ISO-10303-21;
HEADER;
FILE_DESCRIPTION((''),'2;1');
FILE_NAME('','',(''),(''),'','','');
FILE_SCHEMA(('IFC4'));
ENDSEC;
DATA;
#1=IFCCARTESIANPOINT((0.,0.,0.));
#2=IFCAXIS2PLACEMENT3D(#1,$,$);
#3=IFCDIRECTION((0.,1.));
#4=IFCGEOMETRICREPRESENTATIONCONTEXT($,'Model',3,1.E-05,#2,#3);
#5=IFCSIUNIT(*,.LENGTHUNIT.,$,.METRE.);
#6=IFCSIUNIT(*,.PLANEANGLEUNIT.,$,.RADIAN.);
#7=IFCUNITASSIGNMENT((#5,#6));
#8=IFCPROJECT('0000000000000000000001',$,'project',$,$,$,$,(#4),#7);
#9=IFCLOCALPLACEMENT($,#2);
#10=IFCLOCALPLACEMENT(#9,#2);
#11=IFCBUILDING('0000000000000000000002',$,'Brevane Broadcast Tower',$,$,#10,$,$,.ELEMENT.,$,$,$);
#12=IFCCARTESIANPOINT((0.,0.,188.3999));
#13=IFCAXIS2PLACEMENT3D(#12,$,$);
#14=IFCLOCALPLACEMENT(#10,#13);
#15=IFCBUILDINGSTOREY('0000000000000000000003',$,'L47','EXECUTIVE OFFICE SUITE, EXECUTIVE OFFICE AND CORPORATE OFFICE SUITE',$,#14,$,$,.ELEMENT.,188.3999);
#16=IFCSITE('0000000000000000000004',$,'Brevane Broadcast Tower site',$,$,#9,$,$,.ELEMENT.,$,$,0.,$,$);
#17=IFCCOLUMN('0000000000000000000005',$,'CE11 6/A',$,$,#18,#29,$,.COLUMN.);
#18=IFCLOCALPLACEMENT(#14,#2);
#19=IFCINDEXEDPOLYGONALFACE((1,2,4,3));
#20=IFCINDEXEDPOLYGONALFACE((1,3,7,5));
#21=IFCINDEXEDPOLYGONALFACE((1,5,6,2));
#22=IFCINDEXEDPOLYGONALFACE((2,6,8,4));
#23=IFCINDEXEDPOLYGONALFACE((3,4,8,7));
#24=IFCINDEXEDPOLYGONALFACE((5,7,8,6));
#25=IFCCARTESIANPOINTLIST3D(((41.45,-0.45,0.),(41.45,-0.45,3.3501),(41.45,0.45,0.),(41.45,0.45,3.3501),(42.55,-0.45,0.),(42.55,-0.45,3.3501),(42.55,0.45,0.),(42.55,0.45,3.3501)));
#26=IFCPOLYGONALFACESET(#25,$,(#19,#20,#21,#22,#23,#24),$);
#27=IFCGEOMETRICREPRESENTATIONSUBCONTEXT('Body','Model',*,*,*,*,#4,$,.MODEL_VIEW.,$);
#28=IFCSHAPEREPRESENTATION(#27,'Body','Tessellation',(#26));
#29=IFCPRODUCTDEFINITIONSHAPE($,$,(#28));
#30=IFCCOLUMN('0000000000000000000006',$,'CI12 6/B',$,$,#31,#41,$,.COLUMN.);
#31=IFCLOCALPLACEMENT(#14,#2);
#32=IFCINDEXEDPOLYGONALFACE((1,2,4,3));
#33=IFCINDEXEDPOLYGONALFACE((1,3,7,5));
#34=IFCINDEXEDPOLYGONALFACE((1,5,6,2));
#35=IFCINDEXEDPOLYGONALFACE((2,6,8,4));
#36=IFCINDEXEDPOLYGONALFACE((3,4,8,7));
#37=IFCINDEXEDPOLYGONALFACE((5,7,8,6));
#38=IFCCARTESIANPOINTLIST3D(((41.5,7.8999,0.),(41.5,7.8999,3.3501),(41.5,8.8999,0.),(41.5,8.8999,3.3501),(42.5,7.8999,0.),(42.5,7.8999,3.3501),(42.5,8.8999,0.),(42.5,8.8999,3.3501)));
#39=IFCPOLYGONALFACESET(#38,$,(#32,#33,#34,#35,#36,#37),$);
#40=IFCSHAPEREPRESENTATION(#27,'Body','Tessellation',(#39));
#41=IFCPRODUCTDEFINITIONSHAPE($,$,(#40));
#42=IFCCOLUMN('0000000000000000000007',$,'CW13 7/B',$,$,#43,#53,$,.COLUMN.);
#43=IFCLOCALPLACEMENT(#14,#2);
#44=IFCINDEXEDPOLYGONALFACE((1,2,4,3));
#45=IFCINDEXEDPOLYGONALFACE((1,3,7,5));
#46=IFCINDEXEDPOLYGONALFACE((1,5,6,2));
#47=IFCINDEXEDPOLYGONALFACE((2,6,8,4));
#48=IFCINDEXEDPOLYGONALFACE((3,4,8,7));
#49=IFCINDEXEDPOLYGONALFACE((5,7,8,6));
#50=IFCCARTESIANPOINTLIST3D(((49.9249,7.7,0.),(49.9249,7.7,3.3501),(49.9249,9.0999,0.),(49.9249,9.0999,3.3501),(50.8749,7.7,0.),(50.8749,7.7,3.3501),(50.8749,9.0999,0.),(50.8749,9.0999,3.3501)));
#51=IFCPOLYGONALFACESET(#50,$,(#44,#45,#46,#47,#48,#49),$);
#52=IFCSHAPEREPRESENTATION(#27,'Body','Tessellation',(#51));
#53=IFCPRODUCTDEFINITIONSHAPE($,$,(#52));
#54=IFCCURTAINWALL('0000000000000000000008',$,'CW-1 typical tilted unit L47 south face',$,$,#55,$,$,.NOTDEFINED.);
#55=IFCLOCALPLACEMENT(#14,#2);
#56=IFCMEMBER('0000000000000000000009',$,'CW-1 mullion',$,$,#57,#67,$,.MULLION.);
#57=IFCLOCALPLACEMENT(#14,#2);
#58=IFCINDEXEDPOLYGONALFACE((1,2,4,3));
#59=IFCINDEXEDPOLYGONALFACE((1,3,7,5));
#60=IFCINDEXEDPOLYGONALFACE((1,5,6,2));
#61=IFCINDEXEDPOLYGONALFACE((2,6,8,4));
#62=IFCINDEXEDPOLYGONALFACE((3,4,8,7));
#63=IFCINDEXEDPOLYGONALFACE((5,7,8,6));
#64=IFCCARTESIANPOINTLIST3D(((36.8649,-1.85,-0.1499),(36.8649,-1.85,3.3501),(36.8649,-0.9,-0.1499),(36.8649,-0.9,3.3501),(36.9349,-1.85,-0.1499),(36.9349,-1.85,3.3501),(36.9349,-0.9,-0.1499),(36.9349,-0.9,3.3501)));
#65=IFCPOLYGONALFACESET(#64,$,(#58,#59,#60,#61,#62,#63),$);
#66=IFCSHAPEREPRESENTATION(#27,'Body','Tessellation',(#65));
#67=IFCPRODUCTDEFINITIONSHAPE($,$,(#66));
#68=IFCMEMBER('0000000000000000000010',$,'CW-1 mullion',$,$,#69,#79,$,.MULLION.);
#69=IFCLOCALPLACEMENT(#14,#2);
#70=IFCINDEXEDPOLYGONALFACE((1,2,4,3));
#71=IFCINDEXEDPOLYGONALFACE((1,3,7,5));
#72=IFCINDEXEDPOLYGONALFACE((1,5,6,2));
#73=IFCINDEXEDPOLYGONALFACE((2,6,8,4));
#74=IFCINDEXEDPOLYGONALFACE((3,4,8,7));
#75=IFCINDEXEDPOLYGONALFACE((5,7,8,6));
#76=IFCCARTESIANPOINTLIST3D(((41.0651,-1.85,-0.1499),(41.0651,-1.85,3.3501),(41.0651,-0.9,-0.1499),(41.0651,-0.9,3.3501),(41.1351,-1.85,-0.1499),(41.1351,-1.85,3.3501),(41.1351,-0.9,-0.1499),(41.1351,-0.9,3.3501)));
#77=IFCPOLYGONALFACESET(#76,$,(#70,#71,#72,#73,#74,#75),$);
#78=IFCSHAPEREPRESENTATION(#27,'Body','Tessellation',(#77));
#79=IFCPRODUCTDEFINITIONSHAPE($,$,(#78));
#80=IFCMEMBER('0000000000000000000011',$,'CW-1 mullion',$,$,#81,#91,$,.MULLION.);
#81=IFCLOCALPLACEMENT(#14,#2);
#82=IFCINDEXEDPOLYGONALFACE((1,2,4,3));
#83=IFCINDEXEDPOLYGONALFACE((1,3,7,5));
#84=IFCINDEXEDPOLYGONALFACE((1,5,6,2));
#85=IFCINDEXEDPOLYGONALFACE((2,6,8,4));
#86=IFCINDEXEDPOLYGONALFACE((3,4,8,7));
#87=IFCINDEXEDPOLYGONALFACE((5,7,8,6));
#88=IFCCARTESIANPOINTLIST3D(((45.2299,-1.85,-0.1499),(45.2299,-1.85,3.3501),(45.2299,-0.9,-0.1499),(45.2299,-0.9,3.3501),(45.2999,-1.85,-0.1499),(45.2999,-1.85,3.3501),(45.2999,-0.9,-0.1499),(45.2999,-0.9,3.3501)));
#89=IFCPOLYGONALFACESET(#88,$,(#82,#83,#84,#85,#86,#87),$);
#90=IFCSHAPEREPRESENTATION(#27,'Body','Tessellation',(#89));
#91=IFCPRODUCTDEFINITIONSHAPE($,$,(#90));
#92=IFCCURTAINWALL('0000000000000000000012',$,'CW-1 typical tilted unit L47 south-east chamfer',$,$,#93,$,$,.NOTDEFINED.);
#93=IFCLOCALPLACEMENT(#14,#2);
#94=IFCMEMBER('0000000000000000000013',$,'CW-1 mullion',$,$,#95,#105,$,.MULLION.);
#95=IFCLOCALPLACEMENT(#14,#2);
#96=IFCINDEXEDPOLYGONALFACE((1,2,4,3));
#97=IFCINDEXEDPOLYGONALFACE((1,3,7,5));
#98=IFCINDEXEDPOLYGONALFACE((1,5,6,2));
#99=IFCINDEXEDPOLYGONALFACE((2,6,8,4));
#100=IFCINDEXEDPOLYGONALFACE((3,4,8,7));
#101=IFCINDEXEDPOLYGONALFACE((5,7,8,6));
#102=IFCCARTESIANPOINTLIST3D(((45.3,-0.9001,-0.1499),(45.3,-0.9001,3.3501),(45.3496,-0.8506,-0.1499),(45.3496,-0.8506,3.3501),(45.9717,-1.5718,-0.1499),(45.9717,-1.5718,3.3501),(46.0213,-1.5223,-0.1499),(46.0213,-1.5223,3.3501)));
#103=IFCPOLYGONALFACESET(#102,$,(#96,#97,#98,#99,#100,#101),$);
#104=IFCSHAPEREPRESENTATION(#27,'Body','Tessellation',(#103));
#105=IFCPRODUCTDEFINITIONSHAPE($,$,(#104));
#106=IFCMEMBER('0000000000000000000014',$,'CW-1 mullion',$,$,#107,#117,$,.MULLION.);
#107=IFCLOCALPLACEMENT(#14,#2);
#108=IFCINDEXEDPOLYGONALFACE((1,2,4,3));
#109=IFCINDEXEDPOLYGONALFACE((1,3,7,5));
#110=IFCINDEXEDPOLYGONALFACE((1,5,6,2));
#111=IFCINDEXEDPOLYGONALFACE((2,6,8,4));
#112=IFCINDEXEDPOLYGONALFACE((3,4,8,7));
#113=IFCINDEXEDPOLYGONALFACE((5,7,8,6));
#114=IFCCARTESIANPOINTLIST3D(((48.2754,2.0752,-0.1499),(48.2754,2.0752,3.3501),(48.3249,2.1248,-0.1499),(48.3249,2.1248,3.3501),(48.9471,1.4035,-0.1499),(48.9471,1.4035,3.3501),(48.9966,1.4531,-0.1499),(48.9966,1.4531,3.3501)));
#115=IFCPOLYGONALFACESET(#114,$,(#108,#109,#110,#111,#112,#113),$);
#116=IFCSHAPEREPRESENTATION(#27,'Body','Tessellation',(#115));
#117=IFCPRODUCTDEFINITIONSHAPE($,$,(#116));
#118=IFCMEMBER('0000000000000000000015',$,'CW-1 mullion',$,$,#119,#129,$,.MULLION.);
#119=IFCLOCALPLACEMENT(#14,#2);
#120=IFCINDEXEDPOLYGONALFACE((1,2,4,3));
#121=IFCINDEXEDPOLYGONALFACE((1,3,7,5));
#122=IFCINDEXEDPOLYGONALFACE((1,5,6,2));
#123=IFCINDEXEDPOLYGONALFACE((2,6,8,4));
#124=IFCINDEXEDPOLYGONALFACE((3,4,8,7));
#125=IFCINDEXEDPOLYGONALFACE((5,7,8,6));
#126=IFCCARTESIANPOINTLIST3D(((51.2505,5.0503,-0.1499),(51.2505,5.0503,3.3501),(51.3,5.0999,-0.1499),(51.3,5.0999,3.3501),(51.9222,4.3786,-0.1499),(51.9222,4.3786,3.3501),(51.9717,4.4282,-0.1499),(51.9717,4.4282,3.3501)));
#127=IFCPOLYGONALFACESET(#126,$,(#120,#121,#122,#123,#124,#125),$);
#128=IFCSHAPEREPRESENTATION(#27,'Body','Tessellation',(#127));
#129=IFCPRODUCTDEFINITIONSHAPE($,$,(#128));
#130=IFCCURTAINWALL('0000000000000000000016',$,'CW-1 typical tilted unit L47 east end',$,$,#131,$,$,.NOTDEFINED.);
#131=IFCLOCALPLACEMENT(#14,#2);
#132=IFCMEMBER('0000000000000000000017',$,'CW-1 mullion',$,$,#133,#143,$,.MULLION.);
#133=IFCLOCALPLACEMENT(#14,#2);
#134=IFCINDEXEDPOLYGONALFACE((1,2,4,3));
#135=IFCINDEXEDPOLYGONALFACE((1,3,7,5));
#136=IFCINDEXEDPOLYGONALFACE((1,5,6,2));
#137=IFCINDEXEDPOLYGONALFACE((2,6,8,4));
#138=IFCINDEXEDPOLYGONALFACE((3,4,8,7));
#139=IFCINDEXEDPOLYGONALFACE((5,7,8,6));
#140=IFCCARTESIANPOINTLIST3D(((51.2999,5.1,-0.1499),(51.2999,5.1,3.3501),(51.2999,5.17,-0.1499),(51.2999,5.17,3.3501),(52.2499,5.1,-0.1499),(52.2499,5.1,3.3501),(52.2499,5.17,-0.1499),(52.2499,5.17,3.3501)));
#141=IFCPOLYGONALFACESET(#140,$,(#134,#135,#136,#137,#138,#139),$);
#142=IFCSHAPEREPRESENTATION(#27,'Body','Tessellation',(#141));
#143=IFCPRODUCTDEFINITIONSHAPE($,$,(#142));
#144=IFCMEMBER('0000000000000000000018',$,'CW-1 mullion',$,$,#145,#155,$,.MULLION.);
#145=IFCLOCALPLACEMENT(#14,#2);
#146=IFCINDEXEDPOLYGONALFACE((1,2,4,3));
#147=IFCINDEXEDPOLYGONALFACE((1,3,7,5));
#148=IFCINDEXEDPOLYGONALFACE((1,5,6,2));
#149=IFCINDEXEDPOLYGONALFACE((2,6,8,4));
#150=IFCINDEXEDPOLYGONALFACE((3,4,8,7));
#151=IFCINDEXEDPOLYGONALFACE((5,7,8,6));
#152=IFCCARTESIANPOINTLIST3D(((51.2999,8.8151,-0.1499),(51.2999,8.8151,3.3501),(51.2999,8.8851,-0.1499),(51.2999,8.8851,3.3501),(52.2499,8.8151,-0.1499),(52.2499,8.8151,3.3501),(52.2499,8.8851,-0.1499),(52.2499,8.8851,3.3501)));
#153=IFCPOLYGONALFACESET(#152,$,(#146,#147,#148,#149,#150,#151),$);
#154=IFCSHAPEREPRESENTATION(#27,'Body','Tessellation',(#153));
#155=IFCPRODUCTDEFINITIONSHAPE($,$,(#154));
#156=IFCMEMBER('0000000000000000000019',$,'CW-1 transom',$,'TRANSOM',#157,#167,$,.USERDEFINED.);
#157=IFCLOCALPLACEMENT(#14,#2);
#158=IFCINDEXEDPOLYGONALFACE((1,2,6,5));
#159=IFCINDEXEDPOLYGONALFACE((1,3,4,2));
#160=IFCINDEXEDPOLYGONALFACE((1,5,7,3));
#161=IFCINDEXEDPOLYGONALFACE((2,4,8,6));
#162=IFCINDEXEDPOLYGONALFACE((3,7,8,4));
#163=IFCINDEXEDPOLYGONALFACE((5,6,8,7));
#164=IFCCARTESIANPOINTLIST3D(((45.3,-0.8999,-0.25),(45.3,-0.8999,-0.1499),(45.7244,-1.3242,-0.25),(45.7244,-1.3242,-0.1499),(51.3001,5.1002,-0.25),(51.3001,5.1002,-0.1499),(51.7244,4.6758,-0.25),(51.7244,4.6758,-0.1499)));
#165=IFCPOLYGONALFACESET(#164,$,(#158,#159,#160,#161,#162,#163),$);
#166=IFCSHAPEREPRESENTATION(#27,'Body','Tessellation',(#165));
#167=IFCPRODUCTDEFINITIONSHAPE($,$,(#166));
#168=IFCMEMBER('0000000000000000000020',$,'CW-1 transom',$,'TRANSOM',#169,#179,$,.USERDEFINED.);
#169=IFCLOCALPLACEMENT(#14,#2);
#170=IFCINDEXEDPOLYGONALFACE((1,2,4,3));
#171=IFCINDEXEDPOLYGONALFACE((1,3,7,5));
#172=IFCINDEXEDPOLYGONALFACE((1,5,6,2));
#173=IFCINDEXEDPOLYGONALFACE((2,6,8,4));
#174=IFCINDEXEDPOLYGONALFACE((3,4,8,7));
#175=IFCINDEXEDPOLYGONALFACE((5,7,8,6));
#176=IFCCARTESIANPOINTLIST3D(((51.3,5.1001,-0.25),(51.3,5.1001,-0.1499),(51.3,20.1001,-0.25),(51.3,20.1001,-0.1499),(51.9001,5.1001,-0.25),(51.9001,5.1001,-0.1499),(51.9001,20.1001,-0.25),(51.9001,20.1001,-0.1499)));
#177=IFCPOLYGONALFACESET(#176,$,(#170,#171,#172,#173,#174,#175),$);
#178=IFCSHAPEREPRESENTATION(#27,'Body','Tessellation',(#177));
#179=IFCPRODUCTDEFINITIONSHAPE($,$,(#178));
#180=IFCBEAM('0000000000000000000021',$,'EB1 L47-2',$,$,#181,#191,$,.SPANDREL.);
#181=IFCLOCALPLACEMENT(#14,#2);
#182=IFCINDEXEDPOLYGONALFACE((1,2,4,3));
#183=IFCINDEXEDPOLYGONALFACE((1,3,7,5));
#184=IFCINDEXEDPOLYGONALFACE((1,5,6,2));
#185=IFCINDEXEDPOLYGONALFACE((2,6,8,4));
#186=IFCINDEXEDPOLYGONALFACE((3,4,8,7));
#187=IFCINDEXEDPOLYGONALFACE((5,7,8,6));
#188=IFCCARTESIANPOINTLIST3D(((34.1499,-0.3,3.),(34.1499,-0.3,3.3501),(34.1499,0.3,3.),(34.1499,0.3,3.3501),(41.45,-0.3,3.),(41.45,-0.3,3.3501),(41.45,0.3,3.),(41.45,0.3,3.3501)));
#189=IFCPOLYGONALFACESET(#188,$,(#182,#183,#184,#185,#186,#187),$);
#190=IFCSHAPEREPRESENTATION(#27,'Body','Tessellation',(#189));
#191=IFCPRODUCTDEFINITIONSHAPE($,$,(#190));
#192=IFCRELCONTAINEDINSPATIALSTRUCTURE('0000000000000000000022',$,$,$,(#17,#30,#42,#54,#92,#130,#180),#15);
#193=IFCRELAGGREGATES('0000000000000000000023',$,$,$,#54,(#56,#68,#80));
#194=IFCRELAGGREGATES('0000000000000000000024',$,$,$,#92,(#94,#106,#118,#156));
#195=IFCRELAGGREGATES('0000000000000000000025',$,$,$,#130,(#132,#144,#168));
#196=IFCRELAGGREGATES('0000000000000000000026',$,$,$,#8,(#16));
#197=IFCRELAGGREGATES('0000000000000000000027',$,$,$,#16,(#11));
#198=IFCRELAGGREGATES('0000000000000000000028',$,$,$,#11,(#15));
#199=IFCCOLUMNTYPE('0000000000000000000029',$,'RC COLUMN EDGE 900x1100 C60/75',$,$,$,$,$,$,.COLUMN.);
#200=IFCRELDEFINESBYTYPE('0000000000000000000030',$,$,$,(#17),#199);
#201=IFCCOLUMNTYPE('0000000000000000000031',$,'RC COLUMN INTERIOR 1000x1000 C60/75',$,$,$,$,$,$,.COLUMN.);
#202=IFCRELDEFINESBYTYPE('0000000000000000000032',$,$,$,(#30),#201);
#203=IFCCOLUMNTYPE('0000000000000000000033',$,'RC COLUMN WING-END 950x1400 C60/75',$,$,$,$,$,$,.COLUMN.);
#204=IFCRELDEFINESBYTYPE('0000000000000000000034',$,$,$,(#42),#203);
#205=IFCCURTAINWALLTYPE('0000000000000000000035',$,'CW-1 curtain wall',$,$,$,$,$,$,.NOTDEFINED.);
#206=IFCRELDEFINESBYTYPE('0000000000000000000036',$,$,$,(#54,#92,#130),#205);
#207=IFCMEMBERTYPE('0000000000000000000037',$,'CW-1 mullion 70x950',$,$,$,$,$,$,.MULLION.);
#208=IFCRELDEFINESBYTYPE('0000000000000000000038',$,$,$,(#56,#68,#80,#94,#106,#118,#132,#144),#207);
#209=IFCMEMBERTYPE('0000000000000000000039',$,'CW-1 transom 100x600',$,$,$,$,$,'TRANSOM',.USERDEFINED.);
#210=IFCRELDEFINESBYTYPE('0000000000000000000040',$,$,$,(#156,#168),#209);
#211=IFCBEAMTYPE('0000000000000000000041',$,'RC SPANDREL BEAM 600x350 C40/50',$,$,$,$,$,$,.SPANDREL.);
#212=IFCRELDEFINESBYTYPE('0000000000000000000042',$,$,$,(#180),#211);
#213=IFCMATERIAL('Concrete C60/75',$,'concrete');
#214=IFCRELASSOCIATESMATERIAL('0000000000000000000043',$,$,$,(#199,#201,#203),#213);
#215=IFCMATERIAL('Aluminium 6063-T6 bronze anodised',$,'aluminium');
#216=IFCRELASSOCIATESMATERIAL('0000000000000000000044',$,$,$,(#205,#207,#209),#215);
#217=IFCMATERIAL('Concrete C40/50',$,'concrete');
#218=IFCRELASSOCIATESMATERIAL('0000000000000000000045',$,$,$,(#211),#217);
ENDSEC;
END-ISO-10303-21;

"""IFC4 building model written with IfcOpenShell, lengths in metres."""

from ifc_helpers import new_model, si_unit, direction, frame, origin, origin_2d, place, context, subcontext, project, spatial, rectangle, extrude, material, material_profile, profile_set, type_object, element, aggregate, save


model = new_model("IFC4")

# Units and contexts
model_context = context("Model", 3, precision=1e-05, world=origin(), true_north=direction((0.0, 1.0)))
body_context = subcontext(model_context, "Body", "Model", "MODEL_VIEW")
ifc_project = project(units=[si_unit("LENGTHUNIT", "METRE"), si_unit("PLANEANGLEUNIT", "RADIAN")], contexts=[model_context])

# Site, building, storey
site_placement = place(None, origin())
site = spatial("IfcSite", under=ifc_project, at=site_placement, Name="Brevane Broadcast Tower site", CompositionType="ELEMENT", RefElevation=0.0)
building_placement = place(site_placement, origin())
building = spatial("IfcBuilding", under=site, at=building_placement, Name="Brevane Broadcast Tower", CompositionType="ELEMENT")
storey_placement = place(building_placement, frame((0.0, 0.0, 188.3999)))
storey = spatial("IfcBuildingStorey", under=building, at=storey_placement, Name="L47", Description="EXECUTIVE OFFICE SUITE, EXECUTIVE OFFICE AND CORPORATE OFFICE SUITE", CompositionType="ELEMENT", Elevation=188.3999)

# Columns
ifc_material_1 = material(Name="Concrete C60/75", Category="concrete")
ifc_material_profile_1 = material_profile(ifc_material_1, rectangle(XDim=0.8999, YDim=1.1001, at=origin_2d()), Name="RC 900x1100")
ifc_profile_set_1 = profile_set([ifc_material_profile_1], Name="Concrete C60/75")
column_type_1 = type_object("IfcColumnType", Name="RC COLUMN EDGE 900x1100 C60/75", PredefinedType="COLUMN", material=ifc_profile_set_1)
column_1_placement = place(storey_placement, frame((42.0, 0.0, 0.0), z_axis=(0.0, 0.0, 1.0), x_axis=(0.0, 1.0, 0.0)))
element("IfcColumn", 1, at=column_1_placement, inside=storey, type_object=column_type_1, Name="CE11 6/A", PredefinedType="COLUMN", context=body_context, shape_type="SweptSolid", body=[
    extrude(rectangle(XDim=0.8999, YDim=1.1001, at=origin_2d()), origin(), (0.0, 0.0, 1.0), 3.3501),
])
ifc_material_profile_2 = material_profile(ifc_material_1, rectangle(XDim=1.0, YDim=1.0, at=origin_2d()), Name="RC 1000x1000")
ifc_profile_set_2 = profile_set([ifc_material_profile_2], Name="Concrete C60/75")
column_type_2 = type_object("IfcColumnType", Name="RC COLUMN INTERIOR 1000x1000 C60/75", PredefinedType="COLUMN", material=ifc_profile_set_2)
column_2_placement = place(storey_placement, frame((42.0, 8.3999, 0.0), z_axis=(0.0, 0.0, 1.0), x_axis=(1.0, 0.0, 0.0)))
element("IfcColumn", 2, at=column_2_placement, inside=storey, type_object=column_type_2, Name="CI12 6/B", PredefinedType="COLUMN", context=body_context, shape_type="SweptSolid", body=[
    extrude(rectangle(XDim=1.0, YDim=1.0, at=origin_2d()), origin(), (0.0, 0.0, 1.0), 3.3501),
])
ifc_material_profile_3 = material_profile(ifc_material_1, rectangle(XDim=0.95, YDim=1.3999, at=origin_2d()), Name="RC 950x1400")
ifc_profile_set_3 = profile_set([ifc_material_profile_3], Name="Concrete C60/75")
column_type_3 = type_object("IfcColumnType", Name="RC COLUMN WING-END 950x1400 C60/75", PredefinedType="COLUMN", material=ifc_profile_set_3)
column_3_placement = place(storey_placement, frame((50.3999, 8.3999, 0.0), z_axis=(0.0, 0.0, 1.0), x_axis=(1.0, 0.0, 0.0)))
element("IfcColumn", 3, at=column_3_placement, inside=storey, type_object=column_type_3, Name="CW13 7/B", PredefinedType="COLUMN", context=body_context, shape_type="SweptSolid", body=[
    extrude(rectangle(XDim=0.95, YDim=1.3999, at=origin_2d()), origin(), (0.0, 0.0, 1.0), 3.3501),
])

# Curtain walls, members
ifc_material_2 = material(Name="Aluminium 6063-T6 bronze anodised", Category="aluminium")
curtain_wall_type = type_object("IfcCurtainWallType", Name="CW-1 curtain wall", PredefinedType="NOTDEFINED", material=ifc_material_2)
curtain_wall_1_placement = place(storey_placement, origin())
curtain_wall_1 = element("IfcCurtainWall", 4, at=curtain_wall_1_placement, inside=storey, type_object=curtain_wall_type, Name="CW-1 typical tilted unit L47 south face", PredefinedType="NOTDEFINED")
ifc_material_profile_4 = material_profile(ifc_material_2, rectangle(XDim=0.95, YDim=0.0701, at=origin_2d()), Name="RECT 70x950")
ifc_profile_set_4 = profile_set([ifc_material_profile_4], Name="Aluminium 6063-T6 bronze anodised")
member_type_1 = type_object("IfcMemberType", Name="CW-1 mullion 70x950", PredefinedType="MULLION", material=ifc_profile_set_4)
member_1_placement = place(storey_placement, frame((36.8999, -1.375, -0.1499), z_axis=(0.0, 0.0, 1.0), x_axis=(0.0, 1.0, 0.0)))
member_1 = element("IfcMember", 5, at=member_1_placement, type_object=member_type_1, Name="CW-1 mullion", PredefinedType="MULLION", context=body_context, shape_type="SweptSolid", body=[
    extrude(rectangle(XDim=0.95, YDim=0.0701, at=origin_2d()), origin(), (0.0, 0.0, 1.0), 3.5),
])
member_2_placement = place(storey_placement, frame((41.1001, -1.375, -0.1499), z_axis=(0.0, 0.0, 1.0), x_axis=(0.0, 1.0, 0.0)))
member_2 = element("IfcMember", 6, at=member_2_placement, type_object=member_type_1, Name="CW-1 mullion", PredefinedType="MULLION", context=body_context, shape_type="SweptSolid", body=[
    extrude(rectangle(XDim=0.95, YDim=0.0701, at=origin_2d()), origin(), (0.0, 0.0, 1.0), 3.5),
])
member_3_placement = place(storey_placement, frame((45.2649, -1.375, -0.1499), z_axis=(0.0, 0.0, 1.0), x_axis=(0.0, 1.0, 0.0)))
member_3 = element("IfcMember", 7, at=member_3_placement, type_object=member_type_1, Name="CW-1 mullion", PredefinedType="MULLION", context=body_context, shape_type="SweptSolid", body=[
    extrude(rectangle(XDim=0.95, YDim=0.0701, at=origin_2d()), origin(), (0.0, 0.0, 1.0), 3.5),
])
aggregate(curtain_wall_1, [member_1, member_2, member_3])
curtain_wall_2_placement = place(storey_placement, origin())
curtain_wall_2 = element("IfcCurtainWall", 8, at=curtain_wall_2_placement, inside=storey, type_object=curtain_wall_type, Name="CW-1 typical tilted unit L47 south-east chamfer", PredefinedType="NOTDEFINED")
member_4_placement = place(storey_placement, frame((45.6606, -1.2112, -0.1499), z_axis=(0.0, 0.0, 1.0), x_axis=(-0.707107, 0.707107, 0.0)))
member_4 = element("IfcMember", 9, at=member_4_placement, type_object=member_type_1, Name="CW-1 mullion", PredefinedType="MULLION", context=body_context, shape_type="SweptSolid", body=[
    extrude(rectangle(XDim=0.95, YDim=0.0701, at=origin_2d()), origin(), (0.0, 0.0, 1.0), 3.5),
])
member_5_placement = place(storey_placement, frame((48.636, 1.7642, -0.1499), z_axis=(0.0, 0.0, 1.0), x_axis=(-0.707107, 0.707107, 0.0)))
member_5 = element("IfcMember", 10, at=member_5_placement, type_object=member_type_1, Name="CW-1 mullion", PredefinedType="MULLION", context=body_context, shape_type="SweptSolid", body=[
    extrude(rectangle(XDim=0.95, YDim=0.0701, at=origin_2d()), origin(), (0.0, 0.0, 1.0), 3.5),
])
member_6_placement = place(storey_placement, frame((51.6111, 4.7393, -0.1499), z_axis=(0.0, 0.0, 1.0), x_axis=(-0.707107, 0.707107, 0.0)))
member_6 = element("IfcMember", 11, at=member_6_placement, type_object=member_type_1, Name="CW-1 mullion", PredefinedType="MULLION", context=body_context, shape_type="SweptSolid", body=[
    extrude(rectangle(XDim=0.95, YDim=0.0701, at=origin_2d()), origin(), (0.0, 0.0, 1.0), 3.5),
])
curtain_wall_3_placement = place(storey_placement, origin())
curtain_wall_3 = element("IfcCurtainWall", 12, at=curtain_wall_3_placement, inside=storey, type_object=curtain_wall_type, Name="CW-1 typical tilted unit L47 east end", PredefinedType="NOTDEFINED")
member_7_placement = place(storey_placement, frame((51.7749, 5.135, -0.1499), z_axis=(0.0, 0.0, 1.0), x_axis=(-1.0, 0.0, 0.0)))
member_7 = element("IfcMember", 13, at=member_7_placement, type_object=member_type_1, Name="CW-1 mullion", PredefinedType="MULLION", context=body_context, shape_type="SweptSolid", body=[
    extrude(rectangle(XDim=0.95, YDim=0.0701, at=origin_2d()), origin(), (0.0, 0.0, 1.0), 3.5),
])
member_8_placement = place(storey_placement, frame((51.7749, 8.8501, -0.1499), z_axis=(0.0, 0.0, 1.0), x_axis=(-1.0, 0.0, 0.0)))
member_8 = element("IfcMember", 14, at=member_8_placement, type_object=member_type_1, Name="CW-1 mullion", PredefinedType="MULLION", context=body_context, shape_type="SweptSolid", body=[
    extrude(rectangle(XDim=0.95, YDim=0.0701, at=origin_2d()), origin(), (0.0, 0.0, 1.0), 3.5),
])

# Members
ifc_material_profile_5 = material_profile(ifc_material_2, rectangle(XDim=0.6001, YDim=0.1001, at=origin_2d()), Name="RECT 100x600")
ifc_profile_set_5 = profile_set([ifc_material_profile_5], Name="Aluminium 6063-T6 bronze anodised")
member_type_2 = type_object("IfcMemberType", Name="CW-1 transom 100x600", ElementType="TRANSOM", PredefinedType="USERDEFINED", material=ifc_profile_set_5)
member_9_placement = place(storey_placement, frame((45.5122, -1.1121, -0.2), z_axis=(0.707107, 0.707107, 0.0), x_axis=(-0.707107, 0.707107, 0.0)))
member_9 = element("IfcMember", 15, at=member_9_placement, type_object=member_type_2, Name="CW-1 transom", ObjectType="TRANSOM", PredefinedType="USERDEFINED", context=body_context, shape_type="SweptSolid", body=[
    extrude(rectangle(XDim=0.6001, YDim=0.1001, at=origin_2d()), origin(), (0.0, 0.0, 1.0), 8.4854),
])
aggregate(curtain_wall_2, [member_4, member_5, member_6, member_9])
member_10_placement = place(storey_placement, frame((51.6001, 5.1001, -0.2), z_axis=(0.0, 1.0, 0.0), x_axis=(-1.0, 0.0, 0.0)))
member_10 = element("IfcMember", 16, at=member_10_placement, type_object=member_type_2, Name="CW-1 transom", ObjectType="TRANSOM", PredefinedType="USERDEFINED", context=body_context, shape_type="SweptSolid", body=[
    extrude(rectangle(XDim=0.6001, YDim=0.1001, at=origin_2d()), origin(), (0.0, 0.0, 1.0), 15.0),
])
aggregate(curtain_wall_3, [member_7, member_8, member_10])

# Beam
ifc_material_3 = material(Name="Concrete C40/50", Category="concrete")
ifc_material_profile_6 = material_profile(ifc_material_3, rectangle(XDim=0.6001, YDim=0.3501, at=origin_2d()), Name="RC 600x350")
ifc_profile_set_6 = profile_set([ifc_material_profile_6], Name="Concrete C40/50")
beam_type = type_object("IfcBeamType", Name="RC SPANDREL BEAM 600x350 C40/50", PredefinedType="SPANDREL", material=ifc_profile_set_6)
beam_1_placement = place(storey_placement, frame((34.1499, 0.0, 3.175), z_axis=(1.0, 0.0, 0.0), x_axis=(0.0, 1.0, 0.0)))
element("IfcBeam", 17, at=beam_1_placement, inside=storey, type_object=beam_type, Name="EB1 L47-2", PredefinedType="SPANDREL", context=body_context, shape_type="SweptSolid", body=[
    extrude(rectangle(XDim=0.6001, YDim=0.3501, at=origin_2d()), origin(), (0.0, 0.0, 1.0), 7.3),
])

save(model, "model.ifc")
